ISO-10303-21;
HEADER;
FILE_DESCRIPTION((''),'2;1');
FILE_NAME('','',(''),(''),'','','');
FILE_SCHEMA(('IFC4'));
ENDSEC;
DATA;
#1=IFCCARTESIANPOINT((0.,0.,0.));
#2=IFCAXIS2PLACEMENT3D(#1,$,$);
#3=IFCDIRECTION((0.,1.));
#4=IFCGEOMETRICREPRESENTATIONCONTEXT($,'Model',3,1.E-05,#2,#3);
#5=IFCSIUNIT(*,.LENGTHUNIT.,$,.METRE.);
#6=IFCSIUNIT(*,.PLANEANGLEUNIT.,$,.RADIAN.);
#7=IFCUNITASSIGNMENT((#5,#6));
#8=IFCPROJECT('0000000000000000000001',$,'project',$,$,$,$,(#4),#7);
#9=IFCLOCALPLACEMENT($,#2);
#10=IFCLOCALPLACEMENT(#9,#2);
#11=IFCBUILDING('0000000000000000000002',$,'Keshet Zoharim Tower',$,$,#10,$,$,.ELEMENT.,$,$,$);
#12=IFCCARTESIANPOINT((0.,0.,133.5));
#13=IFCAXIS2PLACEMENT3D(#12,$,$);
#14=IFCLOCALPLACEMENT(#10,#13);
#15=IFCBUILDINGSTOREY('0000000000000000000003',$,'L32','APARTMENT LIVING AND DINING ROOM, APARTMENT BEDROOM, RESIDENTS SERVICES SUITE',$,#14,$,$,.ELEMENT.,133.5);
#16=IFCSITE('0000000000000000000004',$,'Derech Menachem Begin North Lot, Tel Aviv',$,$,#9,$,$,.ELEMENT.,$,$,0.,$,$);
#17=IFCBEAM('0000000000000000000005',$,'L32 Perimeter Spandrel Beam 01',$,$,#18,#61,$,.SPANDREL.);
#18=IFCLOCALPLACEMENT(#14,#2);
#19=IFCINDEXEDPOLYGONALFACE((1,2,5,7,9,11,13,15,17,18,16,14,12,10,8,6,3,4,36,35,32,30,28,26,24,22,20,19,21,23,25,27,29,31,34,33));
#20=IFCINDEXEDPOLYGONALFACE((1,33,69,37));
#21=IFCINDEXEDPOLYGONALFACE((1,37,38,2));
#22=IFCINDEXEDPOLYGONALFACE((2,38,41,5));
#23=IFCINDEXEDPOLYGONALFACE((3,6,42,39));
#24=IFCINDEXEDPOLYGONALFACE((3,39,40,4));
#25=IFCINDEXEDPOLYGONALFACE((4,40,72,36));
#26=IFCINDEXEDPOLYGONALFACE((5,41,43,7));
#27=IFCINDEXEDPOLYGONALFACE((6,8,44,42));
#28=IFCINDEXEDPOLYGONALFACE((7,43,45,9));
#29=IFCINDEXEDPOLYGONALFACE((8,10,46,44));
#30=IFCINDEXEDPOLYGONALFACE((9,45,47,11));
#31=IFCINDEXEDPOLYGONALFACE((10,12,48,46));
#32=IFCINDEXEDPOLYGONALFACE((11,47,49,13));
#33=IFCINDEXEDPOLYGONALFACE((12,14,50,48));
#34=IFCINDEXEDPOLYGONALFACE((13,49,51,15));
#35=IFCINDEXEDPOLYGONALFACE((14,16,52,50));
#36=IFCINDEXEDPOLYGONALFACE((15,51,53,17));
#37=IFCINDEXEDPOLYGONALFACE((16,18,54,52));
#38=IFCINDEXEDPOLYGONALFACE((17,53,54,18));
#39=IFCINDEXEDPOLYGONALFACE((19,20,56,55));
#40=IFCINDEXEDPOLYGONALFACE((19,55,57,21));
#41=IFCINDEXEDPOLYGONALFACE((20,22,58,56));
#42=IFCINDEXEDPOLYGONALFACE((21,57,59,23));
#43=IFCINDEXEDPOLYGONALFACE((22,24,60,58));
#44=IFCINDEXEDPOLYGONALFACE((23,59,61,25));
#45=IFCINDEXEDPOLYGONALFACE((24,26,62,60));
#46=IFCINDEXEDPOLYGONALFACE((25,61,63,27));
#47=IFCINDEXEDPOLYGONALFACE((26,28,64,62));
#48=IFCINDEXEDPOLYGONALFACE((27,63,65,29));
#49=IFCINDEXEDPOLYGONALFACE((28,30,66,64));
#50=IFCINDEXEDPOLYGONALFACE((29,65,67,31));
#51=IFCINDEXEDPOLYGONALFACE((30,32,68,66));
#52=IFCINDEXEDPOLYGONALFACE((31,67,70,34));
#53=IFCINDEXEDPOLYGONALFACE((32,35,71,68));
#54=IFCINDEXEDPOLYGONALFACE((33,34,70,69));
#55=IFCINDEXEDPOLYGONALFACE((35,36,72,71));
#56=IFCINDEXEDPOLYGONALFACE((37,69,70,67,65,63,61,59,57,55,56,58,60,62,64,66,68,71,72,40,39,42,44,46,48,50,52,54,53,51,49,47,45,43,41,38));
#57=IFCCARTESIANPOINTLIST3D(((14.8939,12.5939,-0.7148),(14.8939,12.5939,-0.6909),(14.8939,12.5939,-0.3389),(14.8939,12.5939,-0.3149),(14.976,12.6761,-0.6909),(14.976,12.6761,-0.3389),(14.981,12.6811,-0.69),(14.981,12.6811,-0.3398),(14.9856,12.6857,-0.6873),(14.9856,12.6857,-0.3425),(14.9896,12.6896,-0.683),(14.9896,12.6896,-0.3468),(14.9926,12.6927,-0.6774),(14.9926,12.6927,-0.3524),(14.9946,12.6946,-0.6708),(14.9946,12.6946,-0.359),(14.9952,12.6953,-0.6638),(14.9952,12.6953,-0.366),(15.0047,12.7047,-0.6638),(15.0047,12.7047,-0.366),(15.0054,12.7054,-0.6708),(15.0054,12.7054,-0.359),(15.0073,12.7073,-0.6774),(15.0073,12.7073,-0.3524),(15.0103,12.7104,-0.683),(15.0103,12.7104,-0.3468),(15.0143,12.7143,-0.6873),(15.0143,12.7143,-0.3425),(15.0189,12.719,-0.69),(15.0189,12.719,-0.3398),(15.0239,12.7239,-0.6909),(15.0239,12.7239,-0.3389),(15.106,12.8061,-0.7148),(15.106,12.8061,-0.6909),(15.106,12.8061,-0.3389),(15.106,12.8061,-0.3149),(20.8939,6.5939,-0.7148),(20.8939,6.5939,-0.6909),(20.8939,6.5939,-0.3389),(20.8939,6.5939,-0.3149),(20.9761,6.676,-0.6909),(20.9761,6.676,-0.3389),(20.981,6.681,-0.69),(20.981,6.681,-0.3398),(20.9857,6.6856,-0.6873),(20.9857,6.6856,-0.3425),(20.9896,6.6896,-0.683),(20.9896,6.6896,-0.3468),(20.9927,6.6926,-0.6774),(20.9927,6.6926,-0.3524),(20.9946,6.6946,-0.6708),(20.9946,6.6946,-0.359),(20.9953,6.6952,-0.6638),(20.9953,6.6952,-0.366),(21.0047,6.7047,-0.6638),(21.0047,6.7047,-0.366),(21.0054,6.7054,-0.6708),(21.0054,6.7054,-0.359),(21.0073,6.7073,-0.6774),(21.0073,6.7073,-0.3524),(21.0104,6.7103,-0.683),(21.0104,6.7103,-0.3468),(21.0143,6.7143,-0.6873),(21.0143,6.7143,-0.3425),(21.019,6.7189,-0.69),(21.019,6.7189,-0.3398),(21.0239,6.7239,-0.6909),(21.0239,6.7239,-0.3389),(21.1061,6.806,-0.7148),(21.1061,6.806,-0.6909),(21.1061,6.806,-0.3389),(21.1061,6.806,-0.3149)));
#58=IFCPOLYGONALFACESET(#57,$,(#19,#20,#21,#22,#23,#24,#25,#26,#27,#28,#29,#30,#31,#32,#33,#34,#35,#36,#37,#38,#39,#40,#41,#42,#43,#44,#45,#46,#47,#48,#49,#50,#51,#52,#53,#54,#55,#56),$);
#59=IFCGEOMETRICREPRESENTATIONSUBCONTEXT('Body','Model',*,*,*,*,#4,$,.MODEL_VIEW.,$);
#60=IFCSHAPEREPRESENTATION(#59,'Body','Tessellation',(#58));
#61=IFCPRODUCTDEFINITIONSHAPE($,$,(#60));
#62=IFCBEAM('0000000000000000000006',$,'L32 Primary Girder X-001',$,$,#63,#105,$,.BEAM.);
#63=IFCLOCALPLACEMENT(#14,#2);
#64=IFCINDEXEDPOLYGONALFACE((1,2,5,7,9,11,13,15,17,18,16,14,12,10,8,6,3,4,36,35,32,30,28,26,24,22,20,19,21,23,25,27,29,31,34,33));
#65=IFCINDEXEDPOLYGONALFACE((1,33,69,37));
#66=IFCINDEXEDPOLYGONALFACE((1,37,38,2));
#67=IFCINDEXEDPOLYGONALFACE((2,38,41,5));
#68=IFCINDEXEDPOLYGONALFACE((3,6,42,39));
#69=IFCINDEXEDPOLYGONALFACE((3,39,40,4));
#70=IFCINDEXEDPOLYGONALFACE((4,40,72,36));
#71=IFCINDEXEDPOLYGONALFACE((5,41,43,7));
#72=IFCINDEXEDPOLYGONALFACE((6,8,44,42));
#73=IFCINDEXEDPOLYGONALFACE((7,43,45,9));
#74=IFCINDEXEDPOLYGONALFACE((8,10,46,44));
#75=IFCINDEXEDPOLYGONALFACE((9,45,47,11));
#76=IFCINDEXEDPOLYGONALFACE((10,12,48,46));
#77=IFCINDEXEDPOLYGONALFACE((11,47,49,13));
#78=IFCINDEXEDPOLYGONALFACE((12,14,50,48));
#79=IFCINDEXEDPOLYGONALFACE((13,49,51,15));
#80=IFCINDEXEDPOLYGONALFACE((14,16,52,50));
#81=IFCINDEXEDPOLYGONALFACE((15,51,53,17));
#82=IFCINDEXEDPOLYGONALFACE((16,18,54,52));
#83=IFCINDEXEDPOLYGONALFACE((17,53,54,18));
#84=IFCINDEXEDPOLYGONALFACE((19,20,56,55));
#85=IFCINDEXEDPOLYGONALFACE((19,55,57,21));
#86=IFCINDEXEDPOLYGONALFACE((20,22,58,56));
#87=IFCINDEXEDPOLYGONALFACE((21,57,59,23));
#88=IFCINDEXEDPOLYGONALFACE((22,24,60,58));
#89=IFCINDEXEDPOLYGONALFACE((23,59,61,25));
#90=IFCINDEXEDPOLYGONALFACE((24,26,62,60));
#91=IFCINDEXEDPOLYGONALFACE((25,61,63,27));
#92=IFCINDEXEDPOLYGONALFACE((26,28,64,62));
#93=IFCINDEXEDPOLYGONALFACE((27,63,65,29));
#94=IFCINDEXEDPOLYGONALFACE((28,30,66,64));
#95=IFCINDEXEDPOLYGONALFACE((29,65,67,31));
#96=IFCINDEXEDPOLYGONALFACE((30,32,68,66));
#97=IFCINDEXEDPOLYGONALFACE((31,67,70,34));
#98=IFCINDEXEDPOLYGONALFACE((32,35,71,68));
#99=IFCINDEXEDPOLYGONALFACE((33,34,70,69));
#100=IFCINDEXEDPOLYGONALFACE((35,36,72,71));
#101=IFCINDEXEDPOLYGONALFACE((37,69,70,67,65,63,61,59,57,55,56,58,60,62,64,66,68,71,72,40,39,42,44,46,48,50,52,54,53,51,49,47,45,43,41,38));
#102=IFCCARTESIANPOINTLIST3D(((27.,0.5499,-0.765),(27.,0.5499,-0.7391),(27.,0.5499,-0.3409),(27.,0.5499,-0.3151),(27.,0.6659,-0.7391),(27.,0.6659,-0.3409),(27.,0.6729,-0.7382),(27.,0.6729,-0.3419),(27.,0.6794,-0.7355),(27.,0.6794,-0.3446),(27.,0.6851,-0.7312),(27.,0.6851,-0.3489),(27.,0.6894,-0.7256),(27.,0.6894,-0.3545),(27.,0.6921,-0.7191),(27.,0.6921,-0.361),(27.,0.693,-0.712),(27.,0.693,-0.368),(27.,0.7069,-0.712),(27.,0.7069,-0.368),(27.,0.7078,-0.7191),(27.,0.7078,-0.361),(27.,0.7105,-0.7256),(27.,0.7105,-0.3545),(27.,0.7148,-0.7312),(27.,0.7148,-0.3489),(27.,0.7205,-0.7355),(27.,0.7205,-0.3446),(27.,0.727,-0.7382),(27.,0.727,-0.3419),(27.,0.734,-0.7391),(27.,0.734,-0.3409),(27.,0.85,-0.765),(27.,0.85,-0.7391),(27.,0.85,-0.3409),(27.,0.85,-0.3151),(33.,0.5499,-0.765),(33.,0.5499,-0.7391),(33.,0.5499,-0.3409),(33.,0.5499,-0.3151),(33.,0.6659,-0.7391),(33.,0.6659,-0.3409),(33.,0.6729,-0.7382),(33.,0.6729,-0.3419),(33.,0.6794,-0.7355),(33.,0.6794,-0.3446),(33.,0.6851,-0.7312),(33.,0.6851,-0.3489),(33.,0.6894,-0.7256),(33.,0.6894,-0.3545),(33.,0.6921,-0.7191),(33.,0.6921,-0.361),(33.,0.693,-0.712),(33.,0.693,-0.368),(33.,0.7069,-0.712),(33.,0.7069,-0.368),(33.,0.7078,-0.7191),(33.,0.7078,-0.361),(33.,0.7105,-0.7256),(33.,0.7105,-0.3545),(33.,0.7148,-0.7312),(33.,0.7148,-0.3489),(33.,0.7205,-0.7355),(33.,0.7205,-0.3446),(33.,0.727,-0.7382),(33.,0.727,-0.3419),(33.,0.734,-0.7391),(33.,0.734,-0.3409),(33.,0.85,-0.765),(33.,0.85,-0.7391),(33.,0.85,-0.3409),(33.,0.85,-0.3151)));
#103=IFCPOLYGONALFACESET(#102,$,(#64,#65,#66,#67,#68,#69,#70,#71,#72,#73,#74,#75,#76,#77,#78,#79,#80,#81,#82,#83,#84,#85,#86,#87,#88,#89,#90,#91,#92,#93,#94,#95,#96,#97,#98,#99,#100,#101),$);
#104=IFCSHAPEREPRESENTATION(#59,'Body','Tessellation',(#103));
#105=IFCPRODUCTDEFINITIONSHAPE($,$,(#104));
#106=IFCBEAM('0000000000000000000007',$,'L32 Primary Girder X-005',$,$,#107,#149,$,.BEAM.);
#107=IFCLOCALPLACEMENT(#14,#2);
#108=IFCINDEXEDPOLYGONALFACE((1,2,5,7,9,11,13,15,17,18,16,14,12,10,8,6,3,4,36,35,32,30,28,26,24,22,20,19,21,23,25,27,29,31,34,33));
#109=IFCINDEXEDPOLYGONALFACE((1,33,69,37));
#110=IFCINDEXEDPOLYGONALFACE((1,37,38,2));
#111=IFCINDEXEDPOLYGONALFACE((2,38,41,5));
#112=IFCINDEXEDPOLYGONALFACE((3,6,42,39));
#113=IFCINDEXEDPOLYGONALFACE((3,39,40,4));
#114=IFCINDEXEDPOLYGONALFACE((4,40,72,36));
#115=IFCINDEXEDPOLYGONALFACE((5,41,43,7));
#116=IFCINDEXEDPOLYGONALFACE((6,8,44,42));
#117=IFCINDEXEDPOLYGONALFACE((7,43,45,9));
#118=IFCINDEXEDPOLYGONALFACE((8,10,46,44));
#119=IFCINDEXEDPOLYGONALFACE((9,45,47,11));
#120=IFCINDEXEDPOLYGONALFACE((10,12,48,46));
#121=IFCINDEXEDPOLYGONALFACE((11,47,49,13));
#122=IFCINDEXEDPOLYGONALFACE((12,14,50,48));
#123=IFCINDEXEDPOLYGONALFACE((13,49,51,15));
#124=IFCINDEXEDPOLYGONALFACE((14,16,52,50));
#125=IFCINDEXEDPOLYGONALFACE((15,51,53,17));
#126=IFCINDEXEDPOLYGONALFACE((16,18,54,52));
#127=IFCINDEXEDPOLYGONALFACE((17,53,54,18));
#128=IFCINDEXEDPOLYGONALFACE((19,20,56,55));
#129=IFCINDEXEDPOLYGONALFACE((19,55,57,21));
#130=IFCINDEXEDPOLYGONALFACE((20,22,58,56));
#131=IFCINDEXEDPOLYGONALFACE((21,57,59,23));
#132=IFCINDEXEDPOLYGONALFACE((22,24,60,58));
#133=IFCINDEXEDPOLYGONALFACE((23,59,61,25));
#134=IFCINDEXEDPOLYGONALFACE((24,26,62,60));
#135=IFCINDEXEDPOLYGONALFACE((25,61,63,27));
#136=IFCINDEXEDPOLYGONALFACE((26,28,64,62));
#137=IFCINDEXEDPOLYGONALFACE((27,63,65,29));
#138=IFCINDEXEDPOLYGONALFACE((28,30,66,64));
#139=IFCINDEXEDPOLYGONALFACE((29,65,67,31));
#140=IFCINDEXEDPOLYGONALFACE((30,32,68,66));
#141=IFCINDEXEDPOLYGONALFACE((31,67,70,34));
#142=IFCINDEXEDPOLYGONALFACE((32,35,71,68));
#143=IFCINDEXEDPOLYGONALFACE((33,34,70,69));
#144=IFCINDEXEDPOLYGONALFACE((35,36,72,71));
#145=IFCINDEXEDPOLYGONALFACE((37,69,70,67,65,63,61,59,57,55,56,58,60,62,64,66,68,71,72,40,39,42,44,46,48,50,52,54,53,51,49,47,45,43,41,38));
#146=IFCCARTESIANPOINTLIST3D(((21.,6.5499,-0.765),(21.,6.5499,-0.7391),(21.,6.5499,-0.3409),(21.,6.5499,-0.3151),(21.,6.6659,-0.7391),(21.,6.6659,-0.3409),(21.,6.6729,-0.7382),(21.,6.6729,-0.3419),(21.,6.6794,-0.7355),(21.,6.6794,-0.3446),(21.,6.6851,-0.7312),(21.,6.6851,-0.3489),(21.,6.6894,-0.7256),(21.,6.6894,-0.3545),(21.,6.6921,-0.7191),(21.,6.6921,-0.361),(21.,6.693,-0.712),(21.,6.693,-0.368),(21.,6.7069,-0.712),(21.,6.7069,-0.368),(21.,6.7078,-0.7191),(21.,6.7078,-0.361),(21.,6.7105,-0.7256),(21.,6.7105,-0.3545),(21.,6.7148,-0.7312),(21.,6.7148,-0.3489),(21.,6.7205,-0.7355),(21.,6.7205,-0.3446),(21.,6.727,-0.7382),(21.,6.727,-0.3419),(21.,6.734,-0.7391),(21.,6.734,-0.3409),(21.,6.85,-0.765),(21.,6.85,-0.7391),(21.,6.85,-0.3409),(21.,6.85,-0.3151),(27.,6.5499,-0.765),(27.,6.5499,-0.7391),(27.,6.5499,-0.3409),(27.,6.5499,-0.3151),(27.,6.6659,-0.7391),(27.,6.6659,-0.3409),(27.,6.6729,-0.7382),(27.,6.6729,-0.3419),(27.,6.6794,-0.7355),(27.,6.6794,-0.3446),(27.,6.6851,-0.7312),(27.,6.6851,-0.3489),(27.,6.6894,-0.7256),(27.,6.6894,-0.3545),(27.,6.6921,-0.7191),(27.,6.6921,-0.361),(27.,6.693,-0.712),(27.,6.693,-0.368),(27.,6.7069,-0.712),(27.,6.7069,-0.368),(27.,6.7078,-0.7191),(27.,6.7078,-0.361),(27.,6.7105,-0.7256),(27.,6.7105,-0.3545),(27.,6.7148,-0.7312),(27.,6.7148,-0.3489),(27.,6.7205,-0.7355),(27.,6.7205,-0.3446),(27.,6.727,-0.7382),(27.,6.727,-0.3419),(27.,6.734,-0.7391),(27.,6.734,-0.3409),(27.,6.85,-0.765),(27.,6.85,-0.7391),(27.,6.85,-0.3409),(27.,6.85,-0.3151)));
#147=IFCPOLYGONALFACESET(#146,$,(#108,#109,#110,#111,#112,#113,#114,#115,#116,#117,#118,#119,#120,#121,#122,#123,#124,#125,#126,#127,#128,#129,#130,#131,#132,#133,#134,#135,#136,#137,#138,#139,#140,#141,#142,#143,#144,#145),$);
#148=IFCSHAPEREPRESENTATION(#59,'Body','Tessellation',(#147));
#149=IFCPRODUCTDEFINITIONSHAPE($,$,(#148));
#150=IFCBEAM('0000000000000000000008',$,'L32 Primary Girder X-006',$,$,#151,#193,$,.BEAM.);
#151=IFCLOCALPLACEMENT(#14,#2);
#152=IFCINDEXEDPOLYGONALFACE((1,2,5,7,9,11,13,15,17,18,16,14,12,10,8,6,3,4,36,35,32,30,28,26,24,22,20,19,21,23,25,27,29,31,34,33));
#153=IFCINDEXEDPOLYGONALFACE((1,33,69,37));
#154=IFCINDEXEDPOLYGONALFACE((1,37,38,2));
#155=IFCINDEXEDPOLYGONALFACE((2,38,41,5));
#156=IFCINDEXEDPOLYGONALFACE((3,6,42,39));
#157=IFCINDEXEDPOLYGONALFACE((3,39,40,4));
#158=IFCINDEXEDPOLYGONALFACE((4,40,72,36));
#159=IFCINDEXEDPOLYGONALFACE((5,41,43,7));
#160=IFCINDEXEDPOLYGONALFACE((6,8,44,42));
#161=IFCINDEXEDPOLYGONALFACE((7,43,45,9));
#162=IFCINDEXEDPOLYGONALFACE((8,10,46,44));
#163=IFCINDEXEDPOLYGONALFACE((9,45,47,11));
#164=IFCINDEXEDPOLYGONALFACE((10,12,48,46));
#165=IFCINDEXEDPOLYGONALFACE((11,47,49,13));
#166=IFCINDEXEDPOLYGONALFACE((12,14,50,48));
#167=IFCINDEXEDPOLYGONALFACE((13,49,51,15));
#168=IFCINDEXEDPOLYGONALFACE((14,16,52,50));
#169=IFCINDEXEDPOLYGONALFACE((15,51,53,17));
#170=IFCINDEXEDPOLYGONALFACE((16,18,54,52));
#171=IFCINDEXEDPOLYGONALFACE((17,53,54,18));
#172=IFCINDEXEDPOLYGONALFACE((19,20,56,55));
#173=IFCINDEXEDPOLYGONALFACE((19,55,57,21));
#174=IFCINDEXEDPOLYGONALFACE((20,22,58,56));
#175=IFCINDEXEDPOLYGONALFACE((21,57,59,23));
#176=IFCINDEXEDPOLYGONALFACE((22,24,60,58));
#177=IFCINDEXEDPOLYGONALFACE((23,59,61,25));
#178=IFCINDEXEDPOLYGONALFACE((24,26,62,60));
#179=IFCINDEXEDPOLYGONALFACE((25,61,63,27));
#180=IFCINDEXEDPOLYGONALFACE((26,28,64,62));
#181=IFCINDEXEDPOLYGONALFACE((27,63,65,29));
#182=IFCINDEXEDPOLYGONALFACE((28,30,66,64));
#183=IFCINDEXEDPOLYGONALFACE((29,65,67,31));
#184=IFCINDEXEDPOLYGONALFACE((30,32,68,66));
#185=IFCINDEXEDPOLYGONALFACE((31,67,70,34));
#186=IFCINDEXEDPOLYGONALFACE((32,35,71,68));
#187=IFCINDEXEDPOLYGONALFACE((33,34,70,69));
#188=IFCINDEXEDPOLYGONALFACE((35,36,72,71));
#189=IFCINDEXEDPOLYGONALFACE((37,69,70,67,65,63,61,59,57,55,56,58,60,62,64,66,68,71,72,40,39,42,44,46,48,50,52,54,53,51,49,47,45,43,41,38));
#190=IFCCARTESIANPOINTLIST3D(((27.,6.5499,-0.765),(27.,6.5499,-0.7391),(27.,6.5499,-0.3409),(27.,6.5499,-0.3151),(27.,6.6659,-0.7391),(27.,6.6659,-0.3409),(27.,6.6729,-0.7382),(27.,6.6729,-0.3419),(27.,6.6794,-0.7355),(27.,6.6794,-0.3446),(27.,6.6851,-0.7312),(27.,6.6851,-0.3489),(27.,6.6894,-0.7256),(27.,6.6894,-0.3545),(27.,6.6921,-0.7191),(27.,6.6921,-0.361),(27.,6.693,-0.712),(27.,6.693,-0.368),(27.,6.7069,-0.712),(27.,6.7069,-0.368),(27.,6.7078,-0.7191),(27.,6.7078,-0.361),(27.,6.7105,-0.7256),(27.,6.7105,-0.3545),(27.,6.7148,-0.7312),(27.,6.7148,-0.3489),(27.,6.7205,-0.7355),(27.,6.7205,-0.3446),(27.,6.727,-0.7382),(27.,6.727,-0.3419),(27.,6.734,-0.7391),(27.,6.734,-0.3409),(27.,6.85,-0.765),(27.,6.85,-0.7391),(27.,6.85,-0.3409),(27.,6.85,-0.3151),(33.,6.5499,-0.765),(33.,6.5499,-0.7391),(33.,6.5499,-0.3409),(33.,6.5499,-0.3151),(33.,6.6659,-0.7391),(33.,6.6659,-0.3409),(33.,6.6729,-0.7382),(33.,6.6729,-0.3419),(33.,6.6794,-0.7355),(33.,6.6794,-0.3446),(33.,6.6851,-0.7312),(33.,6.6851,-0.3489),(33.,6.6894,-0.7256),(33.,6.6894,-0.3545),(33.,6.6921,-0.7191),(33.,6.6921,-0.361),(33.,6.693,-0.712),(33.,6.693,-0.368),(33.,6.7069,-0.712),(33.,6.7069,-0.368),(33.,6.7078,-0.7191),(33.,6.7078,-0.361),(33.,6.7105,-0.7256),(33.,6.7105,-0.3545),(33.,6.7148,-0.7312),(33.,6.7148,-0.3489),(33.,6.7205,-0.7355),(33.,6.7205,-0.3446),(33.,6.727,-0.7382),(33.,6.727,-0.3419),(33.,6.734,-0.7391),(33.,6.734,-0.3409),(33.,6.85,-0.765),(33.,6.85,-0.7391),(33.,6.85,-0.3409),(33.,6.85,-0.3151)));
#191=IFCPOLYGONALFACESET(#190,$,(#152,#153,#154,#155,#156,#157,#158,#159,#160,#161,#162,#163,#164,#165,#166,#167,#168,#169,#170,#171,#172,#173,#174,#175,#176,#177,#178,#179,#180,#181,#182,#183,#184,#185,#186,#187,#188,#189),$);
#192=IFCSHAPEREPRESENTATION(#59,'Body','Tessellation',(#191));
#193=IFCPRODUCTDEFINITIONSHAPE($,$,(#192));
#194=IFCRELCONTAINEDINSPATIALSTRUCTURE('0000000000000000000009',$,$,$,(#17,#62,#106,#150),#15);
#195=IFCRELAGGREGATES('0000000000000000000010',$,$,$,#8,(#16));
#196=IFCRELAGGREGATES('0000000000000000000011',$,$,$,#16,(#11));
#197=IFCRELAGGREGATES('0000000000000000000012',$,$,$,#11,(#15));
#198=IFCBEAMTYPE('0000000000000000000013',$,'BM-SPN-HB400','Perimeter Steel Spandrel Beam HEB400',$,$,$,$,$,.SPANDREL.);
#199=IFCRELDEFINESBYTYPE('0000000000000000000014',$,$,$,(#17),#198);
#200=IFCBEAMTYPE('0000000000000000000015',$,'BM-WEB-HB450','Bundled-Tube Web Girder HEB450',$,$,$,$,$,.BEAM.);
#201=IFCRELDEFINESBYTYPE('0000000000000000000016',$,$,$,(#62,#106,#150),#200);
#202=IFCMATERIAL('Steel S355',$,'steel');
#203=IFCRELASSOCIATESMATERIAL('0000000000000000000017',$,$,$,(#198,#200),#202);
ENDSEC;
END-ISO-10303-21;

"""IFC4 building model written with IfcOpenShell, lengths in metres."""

from ifc_helpers import new_model, si_unit, direction, frame, origin, origin_2d, place, context, subcontext, project, spatial, i_section, extrude, material, material_profile, profile_set, type_object, element, save


model = new_model("IFC4")

# Units and contexts
model_context = context("Model", 3, precision=1e-05, world=origin(), true_north=direction((0.0, 1.0)))
body_context = subcontext(model_context, "Body", "Model", "MODEL_VIEW")
ifc_project = project(units=[si_unit("LENGTHUNIT", "METRE"), si_unit("PLANEANGLEUNIT", "RADIAN")], contexts=[model_context])

# Site, building, storey
site_placement = place(None, origin())
site = spatial("IfcSite", under=ifc_project, at=site_placement, Name="Derech Menachem Begin North Lot, Tel Aviv", CompositionType="ELEMENT", RefElevation=0.0)
building_placement = place(site_placement, origin())
building = spatial("IfcBuilding", under=site, at=building_placement, Name="Keshet Zoharim Tower", CompositionType="ELEMENT")
storey_placement = place(building_placement, frame((0.0, 0.0, 133.5)))
storey = spatial("IfcBuildingStorey", under=building, at=storey_placement, Name="L32", Description="APARTMENT LIVING AND DINING ROOM, APARTMENT BEDROOM, RESIDENTS SERVICES SUITE", CompositionType="ELEMENT", Elevation=133.5)

# Shared definitions
ifc_material_1 = material(Name="Steel S355", Category="steel")

# Beams
ifc_material_profile_1 = material_profile(ifc_material_1, i_section(OverallWidth=0.3, OverallDepth=0.3999, WebThickness=0.0134, FlangeThickness=0.0239, FilletRadius=0.0271, at=origin_2d()), Name="HEB400")
ifc_profile_set_1 = profile_set([ifc_material_profile_1], Name="Steel S355")
beam_type_1 = type_object("IfcBeamType", Name="BM-SPN-HB400", Description="Perimeter Steel Spandrel Beam HEB400", PredefinedType="SPANDREL", material=ifc_profile_set_1)
beam_1_placement = place(storey_placement, frame((21.0, 6.7, -0.5149), z_axis=(-0.707107, 0.707107, 0.0), x_axis=(-0.707107, -0.707107, 0.0)))
element("IfcBeam", 1, at=beam_1_placement, inside=storey, type_object=beam_type_1, Name="L32 Perimeter Spandrel Beam 01", PredefinedType="SPANDREL", context=body_context, shape_type="SweptSolid", body=[
    extrude(i_section(OverallWidth=0.3, OverallDepth=0.3999, WebThickness=0.0134, FlangeThickness=0.0239, FilletRadius=0.0271, at=origin_2d()), origin(), (0.0, 0.0, 1.0), 8.4854),
])
ifc_material_profile_2 = material_profile(ifc_material_1, i_section(OverallWidth=0.3, OverallDepth=0.45, WebThickness=0.0139, FlangeThickness=0.0259, FilletRadius=0.0271, at=origin_2d()), Name="HEB450")
ifc_profile_set_2 = profile_set([ifc_material_profile_2], Name="Steel S355")
beam_type_2 = type_object("IfcBeamType", Name="BM-WEB-HB450", Description="Bundled-Tube Web Girder HEB450", PredefinedType="BEAM", material=ifc_profile_set_2)
for number, where, z_axis, x_axis, name in (
    (2, (27.0, 0.7, -0.54), (1.0, 0.0, 0.0), (0.0, 1.0, 0.0), "L32 Primary Girder X-001"),
    (3, (21.0, 6.7, -0.54), (1.0, 0.0, 0.0), (0.0, 1.0, 0.0), "L32 Primary Girder X-005"),
    (4, (27.0, 6.7, -0.54), (1.0, 0.0, 0.0), (0.0, 1.0, 0.0), "L32 Primary Girder X-006"),
):
    element("IfcBeam", number, at=place(storey_placement, frame(where, z_axis=z_axis, x_axis=x_axis)), inside=storey, type_object=beam_type_2, Name=name, PredefinedType="BEAM", context=body_context, shape_type="SweptSolid", body=[
        extrude(i_section(OverallWidth=0.3, OverallDepth=0.45, WebThickness=0.0139, FlangeThickness=0.0259, FilletRadius=0.0271, at=origin_2d()), origin(), (0.0, 0.0, 1.0), 6.0),
    ])

save(model, "model.ifc")
